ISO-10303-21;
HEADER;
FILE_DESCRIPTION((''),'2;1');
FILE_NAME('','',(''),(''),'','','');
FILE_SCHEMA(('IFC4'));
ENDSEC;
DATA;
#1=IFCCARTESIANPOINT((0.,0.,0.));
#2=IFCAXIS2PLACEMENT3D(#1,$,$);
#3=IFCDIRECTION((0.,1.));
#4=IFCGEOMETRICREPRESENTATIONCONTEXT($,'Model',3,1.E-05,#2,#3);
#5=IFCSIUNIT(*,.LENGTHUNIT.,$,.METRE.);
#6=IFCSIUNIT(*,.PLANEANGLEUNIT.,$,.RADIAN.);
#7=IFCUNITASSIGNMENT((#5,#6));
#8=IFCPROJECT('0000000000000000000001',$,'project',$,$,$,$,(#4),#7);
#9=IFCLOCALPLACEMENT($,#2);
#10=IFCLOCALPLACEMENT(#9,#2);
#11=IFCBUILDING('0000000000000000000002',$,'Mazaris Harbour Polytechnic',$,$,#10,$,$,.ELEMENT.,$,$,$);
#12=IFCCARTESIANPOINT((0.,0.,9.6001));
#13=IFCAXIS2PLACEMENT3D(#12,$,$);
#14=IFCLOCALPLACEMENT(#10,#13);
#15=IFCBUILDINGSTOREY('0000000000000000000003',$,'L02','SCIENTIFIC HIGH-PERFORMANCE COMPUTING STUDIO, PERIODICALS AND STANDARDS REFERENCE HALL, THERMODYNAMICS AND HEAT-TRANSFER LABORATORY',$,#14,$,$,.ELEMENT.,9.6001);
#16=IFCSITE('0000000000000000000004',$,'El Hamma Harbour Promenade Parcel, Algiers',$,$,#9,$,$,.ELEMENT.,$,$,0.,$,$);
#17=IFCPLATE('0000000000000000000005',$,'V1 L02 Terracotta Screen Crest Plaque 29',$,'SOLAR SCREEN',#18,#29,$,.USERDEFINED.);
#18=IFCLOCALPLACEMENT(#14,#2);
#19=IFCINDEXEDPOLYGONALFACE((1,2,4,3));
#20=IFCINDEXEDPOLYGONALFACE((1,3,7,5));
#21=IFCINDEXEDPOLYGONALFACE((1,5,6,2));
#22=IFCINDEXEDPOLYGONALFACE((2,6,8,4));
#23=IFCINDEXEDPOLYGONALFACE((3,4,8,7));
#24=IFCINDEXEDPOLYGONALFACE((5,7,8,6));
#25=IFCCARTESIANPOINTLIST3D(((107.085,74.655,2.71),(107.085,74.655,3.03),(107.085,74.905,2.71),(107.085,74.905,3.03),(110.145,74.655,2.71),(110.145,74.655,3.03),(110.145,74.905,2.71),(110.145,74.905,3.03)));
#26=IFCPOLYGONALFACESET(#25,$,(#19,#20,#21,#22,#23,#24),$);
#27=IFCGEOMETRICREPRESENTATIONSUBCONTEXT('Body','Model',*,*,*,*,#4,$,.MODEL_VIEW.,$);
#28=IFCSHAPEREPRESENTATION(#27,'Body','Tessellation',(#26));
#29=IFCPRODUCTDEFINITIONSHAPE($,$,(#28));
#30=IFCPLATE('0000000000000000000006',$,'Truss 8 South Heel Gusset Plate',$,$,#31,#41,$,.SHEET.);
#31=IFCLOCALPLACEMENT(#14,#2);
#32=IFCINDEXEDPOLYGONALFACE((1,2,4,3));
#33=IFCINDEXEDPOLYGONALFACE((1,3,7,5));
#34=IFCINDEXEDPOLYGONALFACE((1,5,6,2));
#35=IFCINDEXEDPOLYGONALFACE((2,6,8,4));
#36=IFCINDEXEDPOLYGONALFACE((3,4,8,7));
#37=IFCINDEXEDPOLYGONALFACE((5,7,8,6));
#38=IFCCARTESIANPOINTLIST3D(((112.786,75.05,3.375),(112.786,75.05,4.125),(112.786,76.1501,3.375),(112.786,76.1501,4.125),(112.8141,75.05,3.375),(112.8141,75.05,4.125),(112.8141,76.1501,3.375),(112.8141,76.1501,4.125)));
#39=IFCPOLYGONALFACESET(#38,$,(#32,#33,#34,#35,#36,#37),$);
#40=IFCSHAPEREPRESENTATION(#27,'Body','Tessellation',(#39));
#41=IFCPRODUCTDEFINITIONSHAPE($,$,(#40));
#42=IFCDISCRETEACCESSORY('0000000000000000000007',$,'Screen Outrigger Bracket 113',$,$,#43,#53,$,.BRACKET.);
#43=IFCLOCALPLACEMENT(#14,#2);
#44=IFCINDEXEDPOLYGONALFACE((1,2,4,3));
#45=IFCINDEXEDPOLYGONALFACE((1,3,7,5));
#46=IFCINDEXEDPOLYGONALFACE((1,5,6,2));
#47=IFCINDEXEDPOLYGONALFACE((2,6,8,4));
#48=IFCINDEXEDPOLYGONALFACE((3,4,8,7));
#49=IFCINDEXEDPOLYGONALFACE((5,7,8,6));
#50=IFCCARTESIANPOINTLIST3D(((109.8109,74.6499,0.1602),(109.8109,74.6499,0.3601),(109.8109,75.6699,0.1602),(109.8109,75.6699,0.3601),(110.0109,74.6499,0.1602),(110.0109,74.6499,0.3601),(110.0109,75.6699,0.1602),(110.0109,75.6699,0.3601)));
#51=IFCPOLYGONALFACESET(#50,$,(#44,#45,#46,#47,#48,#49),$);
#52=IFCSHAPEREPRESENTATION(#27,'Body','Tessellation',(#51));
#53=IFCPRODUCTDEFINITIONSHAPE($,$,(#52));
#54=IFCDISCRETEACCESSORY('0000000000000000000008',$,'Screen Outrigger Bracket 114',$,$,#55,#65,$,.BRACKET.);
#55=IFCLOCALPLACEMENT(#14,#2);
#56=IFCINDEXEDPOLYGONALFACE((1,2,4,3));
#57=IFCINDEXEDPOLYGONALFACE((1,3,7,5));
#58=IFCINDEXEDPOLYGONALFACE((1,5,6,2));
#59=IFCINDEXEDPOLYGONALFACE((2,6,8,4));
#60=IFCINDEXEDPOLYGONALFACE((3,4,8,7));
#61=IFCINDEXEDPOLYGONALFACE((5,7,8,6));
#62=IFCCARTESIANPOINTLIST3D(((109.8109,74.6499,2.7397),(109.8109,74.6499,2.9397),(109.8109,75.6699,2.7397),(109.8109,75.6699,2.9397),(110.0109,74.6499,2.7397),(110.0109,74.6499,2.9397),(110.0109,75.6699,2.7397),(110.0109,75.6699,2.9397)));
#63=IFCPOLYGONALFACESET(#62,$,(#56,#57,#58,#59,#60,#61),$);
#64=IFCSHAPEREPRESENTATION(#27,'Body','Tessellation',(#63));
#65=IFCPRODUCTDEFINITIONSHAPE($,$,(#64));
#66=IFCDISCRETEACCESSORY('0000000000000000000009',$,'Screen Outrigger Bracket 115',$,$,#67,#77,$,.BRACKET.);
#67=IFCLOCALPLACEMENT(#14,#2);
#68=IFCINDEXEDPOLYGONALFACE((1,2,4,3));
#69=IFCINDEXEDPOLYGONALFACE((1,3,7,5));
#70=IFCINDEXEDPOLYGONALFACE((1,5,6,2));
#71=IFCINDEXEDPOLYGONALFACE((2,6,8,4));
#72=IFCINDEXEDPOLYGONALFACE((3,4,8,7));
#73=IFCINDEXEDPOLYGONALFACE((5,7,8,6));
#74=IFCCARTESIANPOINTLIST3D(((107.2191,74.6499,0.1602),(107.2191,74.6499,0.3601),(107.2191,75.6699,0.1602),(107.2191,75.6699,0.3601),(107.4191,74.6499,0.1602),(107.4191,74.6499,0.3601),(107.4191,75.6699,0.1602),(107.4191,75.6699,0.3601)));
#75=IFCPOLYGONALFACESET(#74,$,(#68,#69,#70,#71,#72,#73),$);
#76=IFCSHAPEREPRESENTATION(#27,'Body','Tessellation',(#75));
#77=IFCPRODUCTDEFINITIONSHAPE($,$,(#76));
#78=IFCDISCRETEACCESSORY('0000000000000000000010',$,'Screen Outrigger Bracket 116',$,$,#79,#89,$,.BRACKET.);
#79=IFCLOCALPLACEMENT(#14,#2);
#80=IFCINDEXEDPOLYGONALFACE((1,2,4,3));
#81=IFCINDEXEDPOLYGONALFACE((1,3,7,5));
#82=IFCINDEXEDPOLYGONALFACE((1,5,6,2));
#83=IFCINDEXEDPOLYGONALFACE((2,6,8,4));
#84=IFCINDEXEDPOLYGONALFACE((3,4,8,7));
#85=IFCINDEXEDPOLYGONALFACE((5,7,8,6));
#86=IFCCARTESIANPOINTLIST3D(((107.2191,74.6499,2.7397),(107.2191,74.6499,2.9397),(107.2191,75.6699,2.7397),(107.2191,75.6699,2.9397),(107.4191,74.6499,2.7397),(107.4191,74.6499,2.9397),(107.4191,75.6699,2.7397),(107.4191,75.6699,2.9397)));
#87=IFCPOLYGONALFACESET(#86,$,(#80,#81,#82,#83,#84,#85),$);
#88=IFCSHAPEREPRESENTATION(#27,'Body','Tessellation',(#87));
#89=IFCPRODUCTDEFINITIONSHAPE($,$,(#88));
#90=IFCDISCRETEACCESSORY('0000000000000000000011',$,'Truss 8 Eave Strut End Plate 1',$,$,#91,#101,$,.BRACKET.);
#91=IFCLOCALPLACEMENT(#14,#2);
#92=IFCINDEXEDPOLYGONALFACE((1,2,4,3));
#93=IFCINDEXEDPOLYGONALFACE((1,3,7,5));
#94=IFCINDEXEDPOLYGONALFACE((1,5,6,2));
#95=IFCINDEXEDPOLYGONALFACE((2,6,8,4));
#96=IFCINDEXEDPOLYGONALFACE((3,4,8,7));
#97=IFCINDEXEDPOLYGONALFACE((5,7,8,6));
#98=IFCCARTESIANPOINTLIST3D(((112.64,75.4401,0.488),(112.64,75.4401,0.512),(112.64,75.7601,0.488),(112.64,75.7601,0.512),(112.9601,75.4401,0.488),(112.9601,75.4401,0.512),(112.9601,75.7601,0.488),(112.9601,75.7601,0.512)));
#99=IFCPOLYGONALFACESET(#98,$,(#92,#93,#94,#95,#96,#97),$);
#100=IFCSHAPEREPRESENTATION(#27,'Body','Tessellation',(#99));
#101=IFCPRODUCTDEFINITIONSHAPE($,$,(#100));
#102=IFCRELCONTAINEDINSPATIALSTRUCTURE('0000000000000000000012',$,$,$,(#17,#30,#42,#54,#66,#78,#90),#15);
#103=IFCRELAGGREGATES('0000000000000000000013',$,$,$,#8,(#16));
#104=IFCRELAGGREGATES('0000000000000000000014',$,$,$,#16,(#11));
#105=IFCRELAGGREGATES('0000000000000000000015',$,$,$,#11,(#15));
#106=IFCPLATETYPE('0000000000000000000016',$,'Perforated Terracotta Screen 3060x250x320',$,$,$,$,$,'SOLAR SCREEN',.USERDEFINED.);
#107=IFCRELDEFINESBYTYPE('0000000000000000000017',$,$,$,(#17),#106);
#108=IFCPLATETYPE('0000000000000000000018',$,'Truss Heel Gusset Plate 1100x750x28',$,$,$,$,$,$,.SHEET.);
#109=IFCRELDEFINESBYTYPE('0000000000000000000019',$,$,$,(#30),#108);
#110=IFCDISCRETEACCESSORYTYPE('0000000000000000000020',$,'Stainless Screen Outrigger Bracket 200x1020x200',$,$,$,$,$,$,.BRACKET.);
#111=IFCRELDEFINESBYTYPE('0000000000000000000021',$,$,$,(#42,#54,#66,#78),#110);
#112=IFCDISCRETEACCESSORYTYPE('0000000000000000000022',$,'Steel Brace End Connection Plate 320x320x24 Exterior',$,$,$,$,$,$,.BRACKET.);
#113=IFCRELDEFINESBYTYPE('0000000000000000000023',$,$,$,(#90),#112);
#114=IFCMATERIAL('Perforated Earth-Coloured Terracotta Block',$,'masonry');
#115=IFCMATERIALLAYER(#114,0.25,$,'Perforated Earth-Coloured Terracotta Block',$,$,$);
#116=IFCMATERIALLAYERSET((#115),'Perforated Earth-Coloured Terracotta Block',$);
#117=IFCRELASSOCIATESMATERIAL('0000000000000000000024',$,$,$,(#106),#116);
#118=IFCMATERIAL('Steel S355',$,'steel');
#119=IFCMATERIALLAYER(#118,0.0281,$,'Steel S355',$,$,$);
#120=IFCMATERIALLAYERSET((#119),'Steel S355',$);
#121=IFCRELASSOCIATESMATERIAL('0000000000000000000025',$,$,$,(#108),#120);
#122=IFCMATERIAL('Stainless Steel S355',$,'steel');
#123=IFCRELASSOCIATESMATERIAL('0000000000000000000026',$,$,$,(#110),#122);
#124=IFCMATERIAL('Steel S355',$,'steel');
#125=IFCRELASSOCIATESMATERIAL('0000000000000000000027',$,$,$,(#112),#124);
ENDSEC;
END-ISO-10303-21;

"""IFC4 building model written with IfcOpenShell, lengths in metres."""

from ifc_helpers import new_model, si_unit, direction, frame, origin, origin_2d, place, context, subcontext, project, spatial, rectangle, extrude, material, layer, layer_set, type_object, element, save


model = new_model("IFC4")

# Units and contexts
model_context = context("Model", 3, precision=1e-05, world=origin(), true_north=direction((0.0, 1.0)))
body_context = subcontext(model_context, "Body", "Model", "MODEL_VIEW")
ifc_project = project(units=[si_unit("LENGTHUNIT", "METRE"), si_unit("PLANEANGLEUNIT", "RADIAN")], contexts=[model_context])

# Site, building, storey
site_placement = place(None, origin())
site = spatial("IfcSite", under=ifc_project, at=site_placement, Name="El Hamma Harbour Promenade Parcel, Algiers", CompositionType="ELEMENT", RefElevation=0.0)
building_placement = place(site_placement, origin())
building = spatial("IfcBuilding", under=site, at=building_placement, Name="Mazaris Harbour Polytechnic", CompositionType="ELEMENT")
storey_placement = place(building_placement, frame((0.0, 0.0, 9.6001)))
storey = spatial("IfcBuildingStorey", under=building, at=storey_placement, Name="L02", Description="SCIENTIFIC HIGH-PERFORMANCE COMPUTING STUDIO, PERIODICALS AND STANDARDS REFERENCE HALL, THERMODYNAMICS AND HEAT-TRANSFER LABORATORY", CompositionType="ELEMENT", Elevation=9.6001)

# Plates
ifc_material_1 = material(Name="Perforated Earth-Coloured Terracotta Block", Category="masonry")
ifc_layer_1 = layer(ifc_material_1, 0.25, Name="Perforated Earth-Coloured Terracotta Block")
ifc_layer_set_1 = layer_set([ifc_layer_1], Name="Perforated Earth-Coloured Terracotta Block")
plate_type_1 = type_object("IfcPlateType", Name="Perforated Terracotta Screen 3060x250x320", ElementType="SOLAR SCREEN", PredefinedType="USERDEFINED", material=ifc_layer_set_1)
plate_1_placement = place(storey_placement, frame((108.615, 74.78, 2.71), z_axis=(0.0, 0.0, 1.0), x_axis=(-1.0, 0.0, 0.0)))
element("IfcPlate", 1, at=plate_1_placement, inside=storey, type_object=plate_type_1, Name="V1 L02 Terracotta Screen Crest Plaque 29", ObjectType="SOLAR SCREEN", PredefinedType="USERDEFINED", context=body_context, shape_type="SweptSolid", body=[
    extrude(rectangle(XDim=3.0601, YDim=0.25, at=origin_2d()), origin(), (0.0, 0.0, 1.0), 0.3201),
])
ifc_material_2 = material(Name="Steel S355", Category="steel")
ifc_layer_2 = layer(ifc_material_2, 0.0281, Name="Steel S355")
ifc_layer_set_2 = layer_set([ifc_layer_2], Name="Steel S355")
plate_type_2 = type_object("IfcPlateType", Name="Truss Heel Gusset Plate 1100x750x28", PredefinedType="SHEET", material=ifc_layer_set_2)
plate_2_placement = place(storey_placement, frame((112.8, 75.6001, 3.375), z_axis=(0.0, 0.0, 1.0), x_axis=(0.0, 1.0, 0.0)))
element("IfcPlate", 2, at=plate_2_placement, inside=storey, type_object=plate_type_2, Name="Truss 8 South Heel Gusset Plate", PredefinedType="SHEET", context=body_context, shape_type="SweptSolid", body=[
    extrude(rectangle(XDim=1.1001, YDim=0.0281, at=origin_2d()), origin(), (0.0, 0.0, 1.0), 0.75),
])

# Discrete accessories
ifc_material_3 = material(Name="Stainless Steel S355", Category="steel")
discrete_accessory_type_1 = type_object("IfcDiscreteAccessoryType", Name="Stainless Screen Outrigger Bracket 200x1020x200", PredefinedType="BRACKET", material=ifc_material_3)
for number, where, z_axis, x_axis, name in (
    (3, (109.9109, 75.1599, 0.1602), (0.0, 0.0, 1.0), (-1.0, 0.0, 0.0), "Screen Outrigger Bracket 113"),
    (4, (109.9109, 75.1599, 2.7397), (0.0, 0.0, 1.0), (-1.0, 0.0, 0.0), "Screen Outrigger Bracket 114"),
    (5, (107.3191, 75.1599, 0.1602), (0.0, 0.0, 1.0), (-1.0, 0.0, 0.0), "Screen Outrigger Bracket 115"),
    (6, (107.3191, 75.1599, 2.7397), (0.0, 0.0, 1.0), (-1.0, 0.0, 0.0), "Screen Outrigger Bracket 116"),
):
    element("IfcDiscreteAccessory", number, at=place(storey_placement, frame(where, z_axis=z_axis, x_axis=x_axis)), inside=storey, type_object=discrete_accessory_type_1, Name=name, PredefinedType="BRACKET", context=body_context, shape_type="SweptSolid", body=[
        extrude(rectangle(XDim=0.2, YDim=1.02, at=origin_2d()), origin(), (0.0, 0.0, 1.0), 0.2),
    ])
ifc_material_4 = material(Name="Steel S355", Category="steel")
discrete_accessory_type_2 = type_object("IfcDiscreteAccessoryType", Name="Steel Brace End Connection Plate 320x320x24 Exterior", PredefinedType="BRACKET", material=ifc_material_4)
discrete_accessory_placement = place(storey_placement, frame((112.8, 75.6001, 0.488), z_axis=(0.0, 0.0, 1.0), x_axis=(1.0, 0.0, 0.0)))
element("IfcDiscreteAccessory", 7, at=discrete_accessory_placement, inside=storey, type_object=discrete_accessory_type_2, Name="Truss 8 Eave Strut End Plate 1", PredefinedType="BRACKET", context=body_context, shape_type="SweptSolid", body=[
    extrude(rectangle(XDim=0.3201, YDim=0.3201, at=origin_2d()), origin(), (0.0, 0.0, 1.0), 0.0239),
])

save(model, "model.ifc")
